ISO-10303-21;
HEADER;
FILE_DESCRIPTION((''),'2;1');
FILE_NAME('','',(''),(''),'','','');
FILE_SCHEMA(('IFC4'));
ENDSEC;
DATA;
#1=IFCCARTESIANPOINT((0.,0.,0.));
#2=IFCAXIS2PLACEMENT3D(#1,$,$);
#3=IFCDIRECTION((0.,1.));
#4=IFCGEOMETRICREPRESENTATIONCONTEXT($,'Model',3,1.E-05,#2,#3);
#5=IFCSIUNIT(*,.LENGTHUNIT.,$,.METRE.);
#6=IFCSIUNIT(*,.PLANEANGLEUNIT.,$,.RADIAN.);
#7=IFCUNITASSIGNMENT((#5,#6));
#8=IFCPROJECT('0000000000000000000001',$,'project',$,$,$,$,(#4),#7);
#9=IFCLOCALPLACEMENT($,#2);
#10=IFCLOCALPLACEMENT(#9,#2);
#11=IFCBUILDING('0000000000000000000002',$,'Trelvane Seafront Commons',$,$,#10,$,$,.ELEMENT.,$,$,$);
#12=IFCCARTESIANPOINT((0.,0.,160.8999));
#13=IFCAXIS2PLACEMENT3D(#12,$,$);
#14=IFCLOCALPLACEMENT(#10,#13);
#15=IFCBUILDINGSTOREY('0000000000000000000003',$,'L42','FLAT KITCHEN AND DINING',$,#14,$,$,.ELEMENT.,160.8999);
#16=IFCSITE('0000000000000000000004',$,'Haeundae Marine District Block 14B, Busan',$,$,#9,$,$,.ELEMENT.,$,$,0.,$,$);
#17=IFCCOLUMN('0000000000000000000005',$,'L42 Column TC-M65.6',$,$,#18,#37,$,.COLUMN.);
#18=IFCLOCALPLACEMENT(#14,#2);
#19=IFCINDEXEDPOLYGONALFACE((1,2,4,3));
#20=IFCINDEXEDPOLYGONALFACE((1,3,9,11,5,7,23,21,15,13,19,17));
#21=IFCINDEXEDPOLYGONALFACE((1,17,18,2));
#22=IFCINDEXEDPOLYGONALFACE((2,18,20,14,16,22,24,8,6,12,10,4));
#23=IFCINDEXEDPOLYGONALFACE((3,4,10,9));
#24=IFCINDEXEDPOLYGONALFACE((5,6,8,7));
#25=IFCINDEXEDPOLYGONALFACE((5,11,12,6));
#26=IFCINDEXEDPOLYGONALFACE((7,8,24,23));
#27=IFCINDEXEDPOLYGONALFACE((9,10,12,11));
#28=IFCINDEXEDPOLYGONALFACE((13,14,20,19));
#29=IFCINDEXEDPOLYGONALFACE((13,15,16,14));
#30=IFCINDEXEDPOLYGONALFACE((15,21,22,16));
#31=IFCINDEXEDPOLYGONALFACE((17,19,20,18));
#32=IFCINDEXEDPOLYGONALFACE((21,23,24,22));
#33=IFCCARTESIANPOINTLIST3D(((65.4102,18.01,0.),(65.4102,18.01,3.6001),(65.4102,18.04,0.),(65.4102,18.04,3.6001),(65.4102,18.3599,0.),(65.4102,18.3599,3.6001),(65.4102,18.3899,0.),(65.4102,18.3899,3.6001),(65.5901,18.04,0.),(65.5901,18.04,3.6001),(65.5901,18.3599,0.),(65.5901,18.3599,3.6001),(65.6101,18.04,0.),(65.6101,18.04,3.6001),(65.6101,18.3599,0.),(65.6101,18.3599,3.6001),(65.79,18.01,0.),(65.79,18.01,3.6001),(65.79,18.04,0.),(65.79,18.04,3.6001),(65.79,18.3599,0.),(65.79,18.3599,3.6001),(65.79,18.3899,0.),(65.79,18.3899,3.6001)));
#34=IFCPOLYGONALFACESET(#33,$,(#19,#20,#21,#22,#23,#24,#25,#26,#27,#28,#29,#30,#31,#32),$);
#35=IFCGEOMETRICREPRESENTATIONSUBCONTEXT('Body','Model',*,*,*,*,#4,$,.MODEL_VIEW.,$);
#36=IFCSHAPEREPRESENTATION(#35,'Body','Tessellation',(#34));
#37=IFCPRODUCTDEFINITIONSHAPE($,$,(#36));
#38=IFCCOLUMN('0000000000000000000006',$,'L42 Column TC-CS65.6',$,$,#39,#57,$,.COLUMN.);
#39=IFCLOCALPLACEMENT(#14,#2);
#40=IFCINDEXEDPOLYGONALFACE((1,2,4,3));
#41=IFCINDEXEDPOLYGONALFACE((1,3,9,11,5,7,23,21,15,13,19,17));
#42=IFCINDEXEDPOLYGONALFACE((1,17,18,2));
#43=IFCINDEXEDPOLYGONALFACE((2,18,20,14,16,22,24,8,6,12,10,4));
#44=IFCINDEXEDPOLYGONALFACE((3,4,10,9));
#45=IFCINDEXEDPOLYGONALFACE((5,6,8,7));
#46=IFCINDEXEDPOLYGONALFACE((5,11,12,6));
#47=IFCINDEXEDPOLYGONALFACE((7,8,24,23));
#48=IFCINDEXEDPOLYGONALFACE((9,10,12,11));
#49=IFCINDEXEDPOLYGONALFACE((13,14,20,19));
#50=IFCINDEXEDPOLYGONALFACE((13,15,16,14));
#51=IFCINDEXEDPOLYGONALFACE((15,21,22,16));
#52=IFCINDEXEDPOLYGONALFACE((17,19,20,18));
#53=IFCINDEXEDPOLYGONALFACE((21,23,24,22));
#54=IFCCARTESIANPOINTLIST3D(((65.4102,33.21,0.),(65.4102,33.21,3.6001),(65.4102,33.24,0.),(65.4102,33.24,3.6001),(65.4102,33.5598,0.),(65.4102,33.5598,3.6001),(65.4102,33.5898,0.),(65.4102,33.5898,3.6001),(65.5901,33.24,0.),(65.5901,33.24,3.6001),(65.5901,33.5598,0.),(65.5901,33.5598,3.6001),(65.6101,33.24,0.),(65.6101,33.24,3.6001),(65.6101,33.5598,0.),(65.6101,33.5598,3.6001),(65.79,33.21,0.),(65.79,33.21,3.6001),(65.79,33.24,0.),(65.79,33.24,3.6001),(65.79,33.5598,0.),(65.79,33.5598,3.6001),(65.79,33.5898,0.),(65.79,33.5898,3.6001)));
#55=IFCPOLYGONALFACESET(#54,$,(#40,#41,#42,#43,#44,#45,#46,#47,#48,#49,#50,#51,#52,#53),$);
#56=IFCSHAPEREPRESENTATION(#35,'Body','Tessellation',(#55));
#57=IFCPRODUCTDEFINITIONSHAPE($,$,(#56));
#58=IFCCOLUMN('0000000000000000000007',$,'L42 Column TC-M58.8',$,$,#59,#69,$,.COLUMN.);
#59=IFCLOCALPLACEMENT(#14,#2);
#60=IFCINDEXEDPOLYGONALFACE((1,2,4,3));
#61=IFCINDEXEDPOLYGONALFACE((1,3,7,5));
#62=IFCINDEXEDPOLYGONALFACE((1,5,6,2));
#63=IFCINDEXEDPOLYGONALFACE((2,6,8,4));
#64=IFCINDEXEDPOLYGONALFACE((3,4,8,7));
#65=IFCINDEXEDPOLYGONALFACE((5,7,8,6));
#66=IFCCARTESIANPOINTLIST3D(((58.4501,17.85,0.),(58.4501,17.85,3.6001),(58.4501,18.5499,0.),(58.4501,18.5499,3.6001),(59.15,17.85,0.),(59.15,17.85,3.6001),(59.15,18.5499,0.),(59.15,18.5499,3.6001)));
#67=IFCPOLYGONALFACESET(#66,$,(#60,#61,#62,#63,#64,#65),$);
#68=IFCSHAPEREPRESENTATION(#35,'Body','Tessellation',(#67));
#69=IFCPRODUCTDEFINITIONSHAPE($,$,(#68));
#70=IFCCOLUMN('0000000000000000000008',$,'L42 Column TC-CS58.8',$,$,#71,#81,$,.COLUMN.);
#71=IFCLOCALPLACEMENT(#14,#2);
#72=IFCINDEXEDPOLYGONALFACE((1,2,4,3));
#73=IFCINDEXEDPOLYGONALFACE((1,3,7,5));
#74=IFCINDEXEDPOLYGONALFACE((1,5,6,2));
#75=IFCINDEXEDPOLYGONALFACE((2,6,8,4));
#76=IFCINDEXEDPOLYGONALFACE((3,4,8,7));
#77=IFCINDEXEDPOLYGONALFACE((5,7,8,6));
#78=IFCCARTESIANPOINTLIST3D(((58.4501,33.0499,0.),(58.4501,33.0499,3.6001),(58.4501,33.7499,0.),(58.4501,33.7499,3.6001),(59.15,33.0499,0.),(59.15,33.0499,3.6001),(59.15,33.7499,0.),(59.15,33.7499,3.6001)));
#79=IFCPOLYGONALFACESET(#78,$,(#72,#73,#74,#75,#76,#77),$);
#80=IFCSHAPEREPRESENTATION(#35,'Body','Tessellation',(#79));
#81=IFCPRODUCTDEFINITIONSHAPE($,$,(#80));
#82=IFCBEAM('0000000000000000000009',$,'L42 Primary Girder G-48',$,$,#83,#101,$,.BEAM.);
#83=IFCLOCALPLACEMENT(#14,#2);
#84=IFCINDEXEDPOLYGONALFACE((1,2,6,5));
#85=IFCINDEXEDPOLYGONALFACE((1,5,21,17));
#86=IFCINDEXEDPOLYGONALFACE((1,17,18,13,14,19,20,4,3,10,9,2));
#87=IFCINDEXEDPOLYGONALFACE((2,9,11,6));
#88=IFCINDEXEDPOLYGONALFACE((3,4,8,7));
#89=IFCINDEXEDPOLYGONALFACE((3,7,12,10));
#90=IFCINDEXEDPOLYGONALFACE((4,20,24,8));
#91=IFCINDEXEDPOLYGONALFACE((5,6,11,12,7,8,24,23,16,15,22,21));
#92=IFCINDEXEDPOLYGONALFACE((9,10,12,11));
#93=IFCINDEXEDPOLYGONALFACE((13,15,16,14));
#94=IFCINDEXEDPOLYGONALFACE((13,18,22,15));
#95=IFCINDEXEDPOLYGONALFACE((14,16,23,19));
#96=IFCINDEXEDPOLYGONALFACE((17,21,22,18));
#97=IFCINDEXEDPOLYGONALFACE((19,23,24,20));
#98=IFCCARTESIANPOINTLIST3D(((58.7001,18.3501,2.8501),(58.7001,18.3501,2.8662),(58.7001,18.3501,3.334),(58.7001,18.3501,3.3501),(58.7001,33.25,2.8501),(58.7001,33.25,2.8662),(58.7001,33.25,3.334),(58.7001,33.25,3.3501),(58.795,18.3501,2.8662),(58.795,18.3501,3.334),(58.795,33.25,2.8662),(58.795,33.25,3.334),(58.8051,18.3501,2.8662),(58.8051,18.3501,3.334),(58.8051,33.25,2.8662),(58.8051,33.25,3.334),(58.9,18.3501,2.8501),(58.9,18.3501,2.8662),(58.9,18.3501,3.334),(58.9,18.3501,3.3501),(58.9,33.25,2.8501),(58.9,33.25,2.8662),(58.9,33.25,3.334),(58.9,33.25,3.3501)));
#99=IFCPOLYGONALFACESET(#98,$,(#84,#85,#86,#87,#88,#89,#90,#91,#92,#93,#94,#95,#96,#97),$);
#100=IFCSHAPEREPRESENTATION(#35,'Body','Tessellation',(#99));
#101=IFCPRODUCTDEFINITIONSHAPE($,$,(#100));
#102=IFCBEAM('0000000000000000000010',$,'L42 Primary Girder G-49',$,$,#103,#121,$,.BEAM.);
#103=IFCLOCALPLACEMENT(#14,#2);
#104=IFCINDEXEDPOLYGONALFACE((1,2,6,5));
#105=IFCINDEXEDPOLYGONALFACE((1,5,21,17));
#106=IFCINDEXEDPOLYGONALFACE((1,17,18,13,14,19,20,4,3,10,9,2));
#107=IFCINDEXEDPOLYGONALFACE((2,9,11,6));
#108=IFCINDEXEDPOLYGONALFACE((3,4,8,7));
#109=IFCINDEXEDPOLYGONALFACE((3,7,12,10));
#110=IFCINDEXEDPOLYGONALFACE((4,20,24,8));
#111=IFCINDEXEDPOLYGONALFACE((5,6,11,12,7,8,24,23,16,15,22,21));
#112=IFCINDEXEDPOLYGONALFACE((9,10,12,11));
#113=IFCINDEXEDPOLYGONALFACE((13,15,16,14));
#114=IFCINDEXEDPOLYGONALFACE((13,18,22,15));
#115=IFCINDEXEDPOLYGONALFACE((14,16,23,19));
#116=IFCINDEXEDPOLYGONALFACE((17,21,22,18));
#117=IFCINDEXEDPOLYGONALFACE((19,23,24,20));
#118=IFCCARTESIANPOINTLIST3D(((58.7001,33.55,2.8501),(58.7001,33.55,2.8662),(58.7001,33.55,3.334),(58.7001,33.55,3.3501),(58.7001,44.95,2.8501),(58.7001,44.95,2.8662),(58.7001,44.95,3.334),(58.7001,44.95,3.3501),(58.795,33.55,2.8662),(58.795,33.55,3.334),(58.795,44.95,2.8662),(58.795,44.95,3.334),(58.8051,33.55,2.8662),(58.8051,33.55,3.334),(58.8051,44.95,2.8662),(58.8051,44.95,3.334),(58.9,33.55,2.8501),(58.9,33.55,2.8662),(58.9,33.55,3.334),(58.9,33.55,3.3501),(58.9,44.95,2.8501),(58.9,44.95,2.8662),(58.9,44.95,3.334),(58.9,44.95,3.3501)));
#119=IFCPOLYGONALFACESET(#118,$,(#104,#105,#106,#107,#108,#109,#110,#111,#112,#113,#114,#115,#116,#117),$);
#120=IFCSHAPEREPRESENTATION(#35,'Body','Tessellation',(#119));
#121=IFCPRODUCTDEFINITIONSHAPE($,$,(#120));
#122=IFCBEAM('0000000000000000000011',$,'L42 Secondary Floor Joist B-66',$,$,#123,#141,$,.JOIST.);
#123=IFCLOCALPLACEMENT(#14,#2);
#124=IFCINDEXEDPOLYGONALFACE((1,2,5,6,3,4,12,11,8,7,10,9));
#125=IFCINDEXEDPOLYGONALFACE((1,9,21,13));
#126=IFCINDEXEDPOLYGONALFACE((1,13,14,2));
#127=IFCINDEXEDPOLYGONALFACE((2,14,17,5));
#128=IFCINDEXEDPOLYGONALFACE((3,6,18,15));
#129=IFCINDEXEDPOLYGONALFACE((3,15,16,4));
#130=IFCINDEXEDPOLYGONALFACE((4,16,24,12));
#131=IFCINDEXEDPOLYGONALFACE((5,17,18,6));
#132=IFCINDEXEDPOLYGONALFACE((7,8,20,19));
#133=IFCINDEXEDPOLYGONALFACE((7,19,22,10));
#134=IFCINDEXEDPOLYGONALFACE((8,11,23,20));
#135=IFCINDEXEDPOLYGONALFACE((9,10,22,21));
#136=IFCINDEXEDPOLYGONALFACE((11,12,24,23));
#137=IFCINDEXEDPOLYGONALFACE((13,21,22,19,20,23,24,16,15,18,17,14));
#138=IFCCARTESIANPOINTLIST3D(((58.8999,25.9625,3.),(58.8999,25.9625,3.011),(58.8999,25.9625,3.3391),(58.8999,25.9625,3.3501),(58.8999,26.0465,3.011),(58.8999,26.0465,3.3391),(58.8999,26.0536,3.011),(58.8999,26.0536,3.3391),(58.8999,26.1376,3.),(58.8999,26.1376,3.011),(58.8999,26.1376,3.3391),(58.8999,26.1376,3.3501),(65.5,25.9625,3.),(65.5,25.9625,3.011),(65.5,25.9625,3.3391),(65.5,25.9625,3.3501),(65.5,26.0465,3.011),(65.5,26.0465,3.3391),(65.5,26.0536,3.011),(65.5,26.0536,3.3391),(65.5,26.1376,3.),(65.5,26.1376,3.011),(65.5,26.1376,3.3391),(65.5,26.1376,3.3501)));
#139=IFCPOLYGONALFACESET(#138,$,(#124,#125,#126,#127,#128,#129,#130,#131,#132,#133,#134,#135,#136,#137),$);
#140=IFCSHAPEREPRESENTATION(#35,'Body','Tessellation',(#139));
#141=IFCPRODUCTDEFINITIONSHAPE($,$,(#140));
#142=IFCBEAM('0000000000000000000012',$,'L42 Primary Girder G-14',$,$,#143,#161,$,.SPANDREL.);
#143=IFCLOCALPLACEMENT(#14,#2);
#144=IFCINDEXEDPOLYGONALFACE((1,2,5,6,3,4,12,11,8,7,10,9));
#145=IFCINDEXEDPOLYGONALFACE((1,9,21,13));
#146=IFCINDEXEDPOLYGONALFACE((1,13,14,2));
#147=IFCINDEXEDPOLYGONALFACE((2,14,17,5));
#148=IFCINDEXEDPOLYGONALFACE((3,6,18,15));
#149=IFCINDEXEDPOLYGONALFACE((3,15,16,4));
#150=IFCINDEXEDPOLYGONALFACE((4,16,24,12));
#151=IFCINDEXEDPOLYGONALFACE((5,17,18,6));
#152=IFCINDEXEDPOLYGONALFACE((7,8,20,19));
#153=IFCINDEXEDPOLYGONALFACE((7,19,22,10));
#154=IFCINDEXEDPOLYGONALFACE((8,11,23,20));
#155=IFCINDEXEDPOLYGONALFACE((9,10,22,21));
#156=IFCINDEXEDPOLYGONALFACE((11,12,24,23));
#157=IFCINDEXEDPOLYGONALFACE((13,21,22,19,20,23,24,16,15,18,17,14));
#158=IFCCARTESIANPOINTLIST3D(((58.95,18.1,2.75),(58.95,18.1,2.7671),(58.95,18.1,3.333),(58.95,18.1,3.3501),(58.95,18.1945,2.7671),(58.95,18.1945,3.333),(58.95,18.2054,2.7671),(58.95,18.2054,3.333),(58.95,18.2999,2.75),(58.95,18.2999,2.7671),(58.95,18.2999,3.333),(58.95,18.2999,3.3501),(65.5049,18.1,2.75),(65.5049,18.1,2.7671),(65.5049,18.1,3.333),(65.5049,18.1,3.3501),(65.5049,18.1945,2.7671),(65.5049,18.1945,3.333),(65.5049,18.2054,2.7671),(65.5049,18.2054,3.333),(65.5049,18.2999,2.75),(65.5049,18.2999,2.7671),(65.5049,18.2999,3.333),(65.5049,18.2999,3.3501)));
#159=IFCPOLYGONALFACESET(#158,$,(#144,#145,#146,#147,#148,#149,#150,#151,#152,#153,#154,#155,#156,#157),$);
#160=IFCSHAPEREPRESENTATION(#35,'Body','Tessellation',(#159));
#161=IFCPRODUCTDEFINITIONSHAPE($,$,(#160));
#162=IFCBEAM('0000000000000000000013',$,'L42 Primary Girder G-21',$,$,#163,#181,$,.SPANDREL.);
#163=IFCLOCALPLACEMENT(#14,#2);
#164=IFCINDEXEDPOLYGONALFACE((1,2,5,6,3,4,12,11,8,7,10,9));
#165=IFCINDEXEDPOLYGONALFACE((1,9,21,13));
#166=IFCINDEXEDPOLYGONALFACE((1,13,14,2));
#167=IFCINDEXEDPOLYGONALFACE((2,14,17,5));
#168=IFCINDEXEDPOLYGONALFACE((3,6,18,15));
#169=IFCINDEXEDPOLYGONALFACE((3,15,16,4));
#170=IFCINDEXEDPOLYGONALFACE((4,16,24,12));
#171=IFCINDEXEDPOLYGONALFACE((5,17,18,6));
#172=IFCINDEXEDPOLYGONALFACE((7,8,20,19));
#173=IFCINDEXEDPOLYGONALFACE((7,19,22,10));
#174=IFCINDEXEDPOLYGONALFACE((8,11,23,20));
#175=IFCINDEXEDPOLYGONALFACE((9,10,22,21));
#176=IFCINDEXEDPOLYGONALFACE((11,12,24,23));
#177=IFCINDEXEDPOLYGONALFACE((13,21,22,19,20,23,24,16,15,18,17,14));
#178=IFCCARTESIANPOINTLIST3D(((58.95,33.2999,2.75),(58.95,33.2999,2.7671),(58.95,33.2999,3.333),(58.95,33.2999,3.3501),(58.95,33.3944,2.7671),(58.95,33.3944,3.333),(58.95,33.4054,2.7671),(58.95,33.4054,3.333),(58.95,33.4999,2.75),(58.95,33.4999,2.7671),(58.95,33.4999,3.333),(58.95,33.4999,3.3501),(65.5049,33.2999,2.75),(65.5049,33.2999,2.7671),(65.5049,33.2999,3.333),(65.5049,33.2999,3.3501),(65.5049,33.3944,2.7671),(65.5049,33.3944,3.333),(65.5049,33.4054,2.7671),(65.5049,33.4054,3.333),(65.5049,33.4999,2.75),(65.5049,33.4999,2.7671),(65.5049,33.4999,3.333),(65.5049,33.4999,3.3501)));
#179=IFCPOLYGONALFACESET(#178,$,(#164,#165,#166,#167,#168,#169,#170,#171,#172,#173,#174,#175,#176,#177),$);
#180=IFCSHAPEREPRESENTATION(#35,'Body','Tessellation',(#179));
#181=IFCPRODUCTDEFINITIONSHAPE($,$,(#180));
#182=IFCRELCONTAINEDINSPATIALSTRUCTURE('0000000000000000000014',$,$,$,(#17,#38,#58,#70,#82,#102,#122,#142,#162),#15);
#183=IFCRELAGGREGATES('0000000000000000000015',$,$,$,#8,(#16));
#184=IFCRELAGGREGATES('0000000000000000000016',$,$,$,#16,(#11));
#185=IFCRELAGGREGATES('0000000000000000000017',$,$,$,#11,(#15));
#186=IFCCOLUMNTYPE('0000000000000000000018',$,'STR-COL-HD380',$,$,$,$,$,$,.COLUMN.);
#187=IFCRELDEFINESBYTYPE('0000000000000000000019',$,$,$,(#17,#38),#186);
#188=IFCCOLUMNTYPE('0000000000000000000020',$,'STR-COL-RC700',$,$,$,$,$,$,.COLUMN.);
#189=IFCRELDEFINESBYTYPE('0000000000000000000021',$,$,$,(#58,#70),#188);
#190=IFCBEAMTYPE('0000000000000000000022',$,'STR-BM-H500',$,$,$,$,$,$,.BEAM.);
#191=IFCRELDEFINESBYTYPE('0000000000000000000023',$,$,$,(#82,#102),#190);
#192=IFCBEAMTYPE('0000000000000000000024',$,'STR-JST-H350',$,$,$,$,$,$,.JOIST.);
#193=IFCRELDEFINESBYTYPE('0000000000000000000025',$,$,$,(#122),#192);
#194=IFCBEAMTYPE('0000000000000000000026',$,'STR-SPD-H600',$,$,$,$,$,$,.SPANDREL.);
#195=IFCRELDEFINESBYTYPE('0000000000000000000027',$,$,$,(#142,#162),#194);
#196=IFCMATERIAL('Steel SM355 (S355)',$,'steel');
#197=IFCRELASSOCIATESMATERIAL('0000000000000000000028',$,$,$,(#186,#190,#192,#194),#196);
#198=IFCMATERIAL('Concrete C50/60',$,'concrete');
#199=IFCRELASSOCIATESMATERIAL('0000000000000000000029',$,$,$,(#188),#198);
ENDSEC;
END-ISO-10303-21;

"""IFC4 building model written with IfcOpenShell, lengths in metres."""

from ifc_helpers import new_model, si_unit, direction, frame, origin, origin_2d, place, context, subcontext, project, spatial, rectangle, i_section, extrude, source, transform, mapped, material, material_profile, profile_set, type_object, element, save


model = new_model("IFC4")

# Units and contexts
model_context = context("Model", 3, precision=1e-05, world=origin(), true_north=direction((0.0, 1.0)))
body_context = subcontext(model_context, "Body", "Model", "MODEL_VIEW")
ifc_project = project(units=[si_unit("LENGTHUNIT", "METRE"), si_unit("PLANEANGLEUNIT", "RADIAN")], contexts=[model_context])

# Site, building, storey
site_placement = place(None, origin())
site = spatial("IfcSite", under=ifc_project, at=site_placement, Name="Haeundae Marine District Block 14B, Busan", CompositionType="ELEMENT", RefElevation=0.0)
building_placement = place(site_placement, origin())
building = spatial("IfcBuilding", under=site, at=building_placement, Name="Trelvane Seafront Commons", CompositionType="ELEMENT")
storey_placement = place(building_placement, frame((0.0, 0.0, 160.8999)))
storey = spatial("IfcBuildingStorey", under=building, at=storey_placement, Name="L42", Description="FLAT KITCHEN AND DINING", CompositionType="ELEMENT", Elevation=160.8999)

# Columns
ifc_material_1 = material(Name="Steel SM355 (S355)", Category="steel")
ifc_material_profile_1 = material_profile(ifc_material_1, i_section(OverallWidth=0.3799, OverallDepth=0.3799, WebThickness=0.02, FlangeThickness=0.03, at=origin_2d()), Name="HD-380x380x20x30")
ifc_profile_set_1 = profile_set([ifc_material_profile_1], Name="Steel SM355 (S355)")
column_type_1 = type_object("IfcColumnType", Name="STR-COL-HD380", PredefinedType="COLUMN", material=ifc_profile_set_1)
shared_shape_1 = source(origin(), body_context, "Body", "SweptSolid", [
    extrude(i_section(OverallWidth=0.3799, OverallDepth=0.3799, WebThickness=0.02, FlangeThickness=0.03, at=origin_2d()), origin(), (0.0, 0.0, 1.0), 3.6001),
])
for number, where, z_axis, x_axis, name in (
    (1, (65.6001, 18.2, 0.0), (0.0, 0.0, 1.0), (1.0, 0.0, 0.0), "L42 Column TC-M65.6"),
    (2, (65.6001, 33.3999, 0.0), (0.0, 0.0, 1.0), (1.0, 0.0, 0.0), "L42 Column TC-CS65.6"),
):
    element("IfcColumn", number, at=place(storey_placement, frame(where, z_axis=z_axis, x_axis=x_axis)), inside=storey, type_object=column_type_1, Name=name, PredefinedType="COLUMN", context=body_context, shape_type="MappedRepresentation", body=[
        mapped(shared_shape_1, transform((0.0, 0.0, 0.0), x_axis=(1.0, 0.0, 0.0), y_axis=(0.0, 1.0, 0.0), z_axis=(0.0, 0.0, 1.0), scale=1.0)),
    ])
ifc_material_2 = material(Name="Concrete C50/60", Category="concrete")
ifc_material_profile_2 = material_profile(ifc_material_2, rectangle(XDim=0.7, YDim=0.7, at=origin_2d()), Name="RC-700x700")
ifc_profile_set_2 = profile_set([ifc_material_profile_2], Name="Concrete C50/60")
column_type_2 = type_object("IfcColumnType", Name="STR-COL-RC700", PredefinedType="COLUMN", material=ifc_profile_set_2)
shared_shape_2 = source(origin(), body_context, "Body", "SweptSolid", [
    extrude(rectangle(XDim=0.7, YDim=0.7, at=origin_2d()), origin(), (0.0, 0.0, 1.0), 3.6001),
])
for number, where, z_axis, x_axis, name in (
    (3, (58.8, 18.2, 0.0), (0.0, 0.0, 1.0), (1.0, 0.0, 0.0), "L42 Column TC-M58.8"),
    (4, (58.8, 33.3999, 0.0), (0.0, 0.0, 1.0), (1.0, 0.0, 0.0), "L42 Column TC-CS58.8"),
):
    element("IfcColumn", number, at=place(storey_placement, frame(where, z_axis=z_axis, x_axis=x_axis)), inside=storey, type_object=column_type_2, Name=name, PredefinedType="COLUMN", context=body_context, shape_type="MappedRepresentation", body=[
        mapped(shared_shape_2, transform((0.0, 0.0, 0.0), x_axis=(1.0, 0.0, 0.0), y_axis=(0.0, 1.0, 0.0), z_axis=(0.0, 0.0, 1.0), scale=1.0)),
    ])

# Beams
ifc_material_profile_3 = material_profile(ifc_material_1, i_section(OverallWidth=0.2, OverallDepth=0.5, WebThickness=0.01, FlangeThickness=0.0161, at=origin_2d()), Name="H-500x200x10x16")
ifc_profile_set_3 = profile_set([ifc_material_profile_3], Name="Steel SM355 (S355)")
beam_type_1 = type_object("IfcBeamType", Name="STR-BM-H500", PredefinedType="BEAM", material=ifc_profile_set_3)
shared_shape_3 = source(origin(), body_context, "Body", "SweptSolid", [
    extrude(i_section(OverallWidth=0.2, OverallDepth=0.5, WebThickness=0.01, FlangeThickness=0.0161, at=origin_2d()), origin(), (0.0, 0.0, 1.0), 14.8999),
])
beam_1_placement = place(storey_placement, frame((58.8, 18.3501, 3.1001), z_axis=(0.0, 1.0, 0.0), x_axis=(-1.0, 0.0, 0.0)))
element("IfcBeam", 5, at=beam_1_placement, inside=storey, type_object=beam_type_1, Name="L42 Primary Girder G-48", PredefinedType="BEAM", context=body_context, shape_type="MappedRepresentation", body=[
    mapped(shared_shape_3, transform((0.0, 0.0, 0.0), x_axis=(1.0, 0.0, 0.0), y_axis=(0.0, 1.0, 0.0), z_axis=(0.0, 0.0, 1.0), scale=1.0)),
])
shared_shape_4 = source(origin(), body_context, "Body", "SweptSolid", [
    extrude(i_section(OverallWidth=0.2, OverallDepth=0.5, WebThickness=0.01, FlangeThickness=0.0161, at=origin_2d()), origin(), (0.0, 0.0, 1.0), 11.3999),
])
beam_2_placement = place(storey_placement, frame((58.8, 33.55, 3.1001), z_axis=(0.0, 1.0, 0.0), x_axis=(-1.0, 0.0, 0.0)))
element("IfcBeam", 6, at=beam_2_placement, inside=storey, type_object=beam_type_1, Name="L42 Primary Girder G-49", PredefinedType="BEAM", context=body_context, shape_type="MappedRepresentation", body=[
    mapped(shared_shape_4, transform((0.0, 0.0, 0.0), x_axis=(1.0, 0.0, 0.0), y_axis=(0.0, 1.0, 0.0), z_axis=(0.0, 0.0, 1.0), scale=1.0)),
])
ifc_material_profile_4 = material_profile(ifc_material_1, i_section(OverallWidth=0.175, OverallDepth=0.3501, WebThickness=0.0071, FlangeThickness=0.011, at=origin_2d()), Name="H-350x175x7x11")
ifc_profile_set_4 = profile_set([ifc_material_profile_4], Name="Steel SM355 (S355)")
beam_type_2 = type_object("IfcBeamType", Name="STR-JST-H350", PredefinedType="JOIST", material=ifc_profile_set_4)
shared_shape_5 = source(origin(), body_context, "Body", "SweptSolid", [
    extrude(i_section(OverallWidth=0.175, OverallDepth=0.3501, WebThickness=0.0071, FlangeThickness=0.011, at=origin_2d()), origin(), (0.0, 0.0, 1.0), 6.6001),
])
beam_3_placement = place(storey_placement, frame((58.8999, 26.05, 3.175), z_axis=(1.0, 0.0, 0.0), x_axis=(0.0, 1.0, 0.0)))
element("IfcBeam", 7, at=beam_3_placement, inside=storey, type_object=beam_type_2, Name="L42 Secondary Floor Joist B-66", PredefinedType="JOIST", context=body_context, shape_type="MappedRepresentation", body=[
    mapped(shared_shape_5, transform((0.0, 0.0, 0.0), x_axis=(1.0, 0.0, 0.0), y_axis=(0.0, 1.0, 0.0), z_axis=(0.0, 0.0, 1.0), scale=1.0)),
])
ifc_material_profile_5 = material_profile(ifc_material_1, i_section(OverallWidth=0.2, OverallDepth=0.6001, WebThickness=0.011, FlangeThickness=0.0171, at=origin_2d()), Name="H-600x200x11x17")
ifc_profile_set_5 = profile_set([ifc_material_profile_5], Name="Steel SM355 (S355)")
beam_type_3 = type_object("IfcBeamType", Name="STR-SPD-H600", PredefinedType="SPANDREL", material=ifc_profile_set_5)
shared_shape_6 = source(origin(), body_context, "Body", "SweptSolid", [
    extrude(i_section(OverallWidth=0.2, OverallDepth=0.6001, WebThickness=0.011, FlangeThickness=0.0171, at=origin_2d()), origin(), (0.0, 0.0, 1.0), 6.5549),
])
for number, where, z_axis, x_axis, name in (
    (8, (58.95, 18.2, 3.05), (1.0, 0.0, 0.0), (0.0, 1.0, 0.0), "L42 Primary Girder G-14"),
    (9, (58.95, 33.3999, 3.05), (1.0, 0.0, 0.0), (0.0, 1.0, 0.0), "L42 Primary Girder G-21"),
):
    element("IfcBeam", number, at=place(storey_placement, frame(where, z_axis=z_axis, x_axis=x_axis)), inside=storey, type_object=beam_type_3, Name=name, PredefinedType="SPANDREL", context=body_context, shape_type="MappedRepresentation", body=[
        mapped(shared_shape_6, transform((0.0, 0.0, 0.0), x_axis=(1.0, 0.0, 0.0), y_axis=(0.0, 1.0, 0.0), z_axis=(0.0, 0.0, 1.0), scale=1.0)),
    ])

save(model, "model.ifc")
